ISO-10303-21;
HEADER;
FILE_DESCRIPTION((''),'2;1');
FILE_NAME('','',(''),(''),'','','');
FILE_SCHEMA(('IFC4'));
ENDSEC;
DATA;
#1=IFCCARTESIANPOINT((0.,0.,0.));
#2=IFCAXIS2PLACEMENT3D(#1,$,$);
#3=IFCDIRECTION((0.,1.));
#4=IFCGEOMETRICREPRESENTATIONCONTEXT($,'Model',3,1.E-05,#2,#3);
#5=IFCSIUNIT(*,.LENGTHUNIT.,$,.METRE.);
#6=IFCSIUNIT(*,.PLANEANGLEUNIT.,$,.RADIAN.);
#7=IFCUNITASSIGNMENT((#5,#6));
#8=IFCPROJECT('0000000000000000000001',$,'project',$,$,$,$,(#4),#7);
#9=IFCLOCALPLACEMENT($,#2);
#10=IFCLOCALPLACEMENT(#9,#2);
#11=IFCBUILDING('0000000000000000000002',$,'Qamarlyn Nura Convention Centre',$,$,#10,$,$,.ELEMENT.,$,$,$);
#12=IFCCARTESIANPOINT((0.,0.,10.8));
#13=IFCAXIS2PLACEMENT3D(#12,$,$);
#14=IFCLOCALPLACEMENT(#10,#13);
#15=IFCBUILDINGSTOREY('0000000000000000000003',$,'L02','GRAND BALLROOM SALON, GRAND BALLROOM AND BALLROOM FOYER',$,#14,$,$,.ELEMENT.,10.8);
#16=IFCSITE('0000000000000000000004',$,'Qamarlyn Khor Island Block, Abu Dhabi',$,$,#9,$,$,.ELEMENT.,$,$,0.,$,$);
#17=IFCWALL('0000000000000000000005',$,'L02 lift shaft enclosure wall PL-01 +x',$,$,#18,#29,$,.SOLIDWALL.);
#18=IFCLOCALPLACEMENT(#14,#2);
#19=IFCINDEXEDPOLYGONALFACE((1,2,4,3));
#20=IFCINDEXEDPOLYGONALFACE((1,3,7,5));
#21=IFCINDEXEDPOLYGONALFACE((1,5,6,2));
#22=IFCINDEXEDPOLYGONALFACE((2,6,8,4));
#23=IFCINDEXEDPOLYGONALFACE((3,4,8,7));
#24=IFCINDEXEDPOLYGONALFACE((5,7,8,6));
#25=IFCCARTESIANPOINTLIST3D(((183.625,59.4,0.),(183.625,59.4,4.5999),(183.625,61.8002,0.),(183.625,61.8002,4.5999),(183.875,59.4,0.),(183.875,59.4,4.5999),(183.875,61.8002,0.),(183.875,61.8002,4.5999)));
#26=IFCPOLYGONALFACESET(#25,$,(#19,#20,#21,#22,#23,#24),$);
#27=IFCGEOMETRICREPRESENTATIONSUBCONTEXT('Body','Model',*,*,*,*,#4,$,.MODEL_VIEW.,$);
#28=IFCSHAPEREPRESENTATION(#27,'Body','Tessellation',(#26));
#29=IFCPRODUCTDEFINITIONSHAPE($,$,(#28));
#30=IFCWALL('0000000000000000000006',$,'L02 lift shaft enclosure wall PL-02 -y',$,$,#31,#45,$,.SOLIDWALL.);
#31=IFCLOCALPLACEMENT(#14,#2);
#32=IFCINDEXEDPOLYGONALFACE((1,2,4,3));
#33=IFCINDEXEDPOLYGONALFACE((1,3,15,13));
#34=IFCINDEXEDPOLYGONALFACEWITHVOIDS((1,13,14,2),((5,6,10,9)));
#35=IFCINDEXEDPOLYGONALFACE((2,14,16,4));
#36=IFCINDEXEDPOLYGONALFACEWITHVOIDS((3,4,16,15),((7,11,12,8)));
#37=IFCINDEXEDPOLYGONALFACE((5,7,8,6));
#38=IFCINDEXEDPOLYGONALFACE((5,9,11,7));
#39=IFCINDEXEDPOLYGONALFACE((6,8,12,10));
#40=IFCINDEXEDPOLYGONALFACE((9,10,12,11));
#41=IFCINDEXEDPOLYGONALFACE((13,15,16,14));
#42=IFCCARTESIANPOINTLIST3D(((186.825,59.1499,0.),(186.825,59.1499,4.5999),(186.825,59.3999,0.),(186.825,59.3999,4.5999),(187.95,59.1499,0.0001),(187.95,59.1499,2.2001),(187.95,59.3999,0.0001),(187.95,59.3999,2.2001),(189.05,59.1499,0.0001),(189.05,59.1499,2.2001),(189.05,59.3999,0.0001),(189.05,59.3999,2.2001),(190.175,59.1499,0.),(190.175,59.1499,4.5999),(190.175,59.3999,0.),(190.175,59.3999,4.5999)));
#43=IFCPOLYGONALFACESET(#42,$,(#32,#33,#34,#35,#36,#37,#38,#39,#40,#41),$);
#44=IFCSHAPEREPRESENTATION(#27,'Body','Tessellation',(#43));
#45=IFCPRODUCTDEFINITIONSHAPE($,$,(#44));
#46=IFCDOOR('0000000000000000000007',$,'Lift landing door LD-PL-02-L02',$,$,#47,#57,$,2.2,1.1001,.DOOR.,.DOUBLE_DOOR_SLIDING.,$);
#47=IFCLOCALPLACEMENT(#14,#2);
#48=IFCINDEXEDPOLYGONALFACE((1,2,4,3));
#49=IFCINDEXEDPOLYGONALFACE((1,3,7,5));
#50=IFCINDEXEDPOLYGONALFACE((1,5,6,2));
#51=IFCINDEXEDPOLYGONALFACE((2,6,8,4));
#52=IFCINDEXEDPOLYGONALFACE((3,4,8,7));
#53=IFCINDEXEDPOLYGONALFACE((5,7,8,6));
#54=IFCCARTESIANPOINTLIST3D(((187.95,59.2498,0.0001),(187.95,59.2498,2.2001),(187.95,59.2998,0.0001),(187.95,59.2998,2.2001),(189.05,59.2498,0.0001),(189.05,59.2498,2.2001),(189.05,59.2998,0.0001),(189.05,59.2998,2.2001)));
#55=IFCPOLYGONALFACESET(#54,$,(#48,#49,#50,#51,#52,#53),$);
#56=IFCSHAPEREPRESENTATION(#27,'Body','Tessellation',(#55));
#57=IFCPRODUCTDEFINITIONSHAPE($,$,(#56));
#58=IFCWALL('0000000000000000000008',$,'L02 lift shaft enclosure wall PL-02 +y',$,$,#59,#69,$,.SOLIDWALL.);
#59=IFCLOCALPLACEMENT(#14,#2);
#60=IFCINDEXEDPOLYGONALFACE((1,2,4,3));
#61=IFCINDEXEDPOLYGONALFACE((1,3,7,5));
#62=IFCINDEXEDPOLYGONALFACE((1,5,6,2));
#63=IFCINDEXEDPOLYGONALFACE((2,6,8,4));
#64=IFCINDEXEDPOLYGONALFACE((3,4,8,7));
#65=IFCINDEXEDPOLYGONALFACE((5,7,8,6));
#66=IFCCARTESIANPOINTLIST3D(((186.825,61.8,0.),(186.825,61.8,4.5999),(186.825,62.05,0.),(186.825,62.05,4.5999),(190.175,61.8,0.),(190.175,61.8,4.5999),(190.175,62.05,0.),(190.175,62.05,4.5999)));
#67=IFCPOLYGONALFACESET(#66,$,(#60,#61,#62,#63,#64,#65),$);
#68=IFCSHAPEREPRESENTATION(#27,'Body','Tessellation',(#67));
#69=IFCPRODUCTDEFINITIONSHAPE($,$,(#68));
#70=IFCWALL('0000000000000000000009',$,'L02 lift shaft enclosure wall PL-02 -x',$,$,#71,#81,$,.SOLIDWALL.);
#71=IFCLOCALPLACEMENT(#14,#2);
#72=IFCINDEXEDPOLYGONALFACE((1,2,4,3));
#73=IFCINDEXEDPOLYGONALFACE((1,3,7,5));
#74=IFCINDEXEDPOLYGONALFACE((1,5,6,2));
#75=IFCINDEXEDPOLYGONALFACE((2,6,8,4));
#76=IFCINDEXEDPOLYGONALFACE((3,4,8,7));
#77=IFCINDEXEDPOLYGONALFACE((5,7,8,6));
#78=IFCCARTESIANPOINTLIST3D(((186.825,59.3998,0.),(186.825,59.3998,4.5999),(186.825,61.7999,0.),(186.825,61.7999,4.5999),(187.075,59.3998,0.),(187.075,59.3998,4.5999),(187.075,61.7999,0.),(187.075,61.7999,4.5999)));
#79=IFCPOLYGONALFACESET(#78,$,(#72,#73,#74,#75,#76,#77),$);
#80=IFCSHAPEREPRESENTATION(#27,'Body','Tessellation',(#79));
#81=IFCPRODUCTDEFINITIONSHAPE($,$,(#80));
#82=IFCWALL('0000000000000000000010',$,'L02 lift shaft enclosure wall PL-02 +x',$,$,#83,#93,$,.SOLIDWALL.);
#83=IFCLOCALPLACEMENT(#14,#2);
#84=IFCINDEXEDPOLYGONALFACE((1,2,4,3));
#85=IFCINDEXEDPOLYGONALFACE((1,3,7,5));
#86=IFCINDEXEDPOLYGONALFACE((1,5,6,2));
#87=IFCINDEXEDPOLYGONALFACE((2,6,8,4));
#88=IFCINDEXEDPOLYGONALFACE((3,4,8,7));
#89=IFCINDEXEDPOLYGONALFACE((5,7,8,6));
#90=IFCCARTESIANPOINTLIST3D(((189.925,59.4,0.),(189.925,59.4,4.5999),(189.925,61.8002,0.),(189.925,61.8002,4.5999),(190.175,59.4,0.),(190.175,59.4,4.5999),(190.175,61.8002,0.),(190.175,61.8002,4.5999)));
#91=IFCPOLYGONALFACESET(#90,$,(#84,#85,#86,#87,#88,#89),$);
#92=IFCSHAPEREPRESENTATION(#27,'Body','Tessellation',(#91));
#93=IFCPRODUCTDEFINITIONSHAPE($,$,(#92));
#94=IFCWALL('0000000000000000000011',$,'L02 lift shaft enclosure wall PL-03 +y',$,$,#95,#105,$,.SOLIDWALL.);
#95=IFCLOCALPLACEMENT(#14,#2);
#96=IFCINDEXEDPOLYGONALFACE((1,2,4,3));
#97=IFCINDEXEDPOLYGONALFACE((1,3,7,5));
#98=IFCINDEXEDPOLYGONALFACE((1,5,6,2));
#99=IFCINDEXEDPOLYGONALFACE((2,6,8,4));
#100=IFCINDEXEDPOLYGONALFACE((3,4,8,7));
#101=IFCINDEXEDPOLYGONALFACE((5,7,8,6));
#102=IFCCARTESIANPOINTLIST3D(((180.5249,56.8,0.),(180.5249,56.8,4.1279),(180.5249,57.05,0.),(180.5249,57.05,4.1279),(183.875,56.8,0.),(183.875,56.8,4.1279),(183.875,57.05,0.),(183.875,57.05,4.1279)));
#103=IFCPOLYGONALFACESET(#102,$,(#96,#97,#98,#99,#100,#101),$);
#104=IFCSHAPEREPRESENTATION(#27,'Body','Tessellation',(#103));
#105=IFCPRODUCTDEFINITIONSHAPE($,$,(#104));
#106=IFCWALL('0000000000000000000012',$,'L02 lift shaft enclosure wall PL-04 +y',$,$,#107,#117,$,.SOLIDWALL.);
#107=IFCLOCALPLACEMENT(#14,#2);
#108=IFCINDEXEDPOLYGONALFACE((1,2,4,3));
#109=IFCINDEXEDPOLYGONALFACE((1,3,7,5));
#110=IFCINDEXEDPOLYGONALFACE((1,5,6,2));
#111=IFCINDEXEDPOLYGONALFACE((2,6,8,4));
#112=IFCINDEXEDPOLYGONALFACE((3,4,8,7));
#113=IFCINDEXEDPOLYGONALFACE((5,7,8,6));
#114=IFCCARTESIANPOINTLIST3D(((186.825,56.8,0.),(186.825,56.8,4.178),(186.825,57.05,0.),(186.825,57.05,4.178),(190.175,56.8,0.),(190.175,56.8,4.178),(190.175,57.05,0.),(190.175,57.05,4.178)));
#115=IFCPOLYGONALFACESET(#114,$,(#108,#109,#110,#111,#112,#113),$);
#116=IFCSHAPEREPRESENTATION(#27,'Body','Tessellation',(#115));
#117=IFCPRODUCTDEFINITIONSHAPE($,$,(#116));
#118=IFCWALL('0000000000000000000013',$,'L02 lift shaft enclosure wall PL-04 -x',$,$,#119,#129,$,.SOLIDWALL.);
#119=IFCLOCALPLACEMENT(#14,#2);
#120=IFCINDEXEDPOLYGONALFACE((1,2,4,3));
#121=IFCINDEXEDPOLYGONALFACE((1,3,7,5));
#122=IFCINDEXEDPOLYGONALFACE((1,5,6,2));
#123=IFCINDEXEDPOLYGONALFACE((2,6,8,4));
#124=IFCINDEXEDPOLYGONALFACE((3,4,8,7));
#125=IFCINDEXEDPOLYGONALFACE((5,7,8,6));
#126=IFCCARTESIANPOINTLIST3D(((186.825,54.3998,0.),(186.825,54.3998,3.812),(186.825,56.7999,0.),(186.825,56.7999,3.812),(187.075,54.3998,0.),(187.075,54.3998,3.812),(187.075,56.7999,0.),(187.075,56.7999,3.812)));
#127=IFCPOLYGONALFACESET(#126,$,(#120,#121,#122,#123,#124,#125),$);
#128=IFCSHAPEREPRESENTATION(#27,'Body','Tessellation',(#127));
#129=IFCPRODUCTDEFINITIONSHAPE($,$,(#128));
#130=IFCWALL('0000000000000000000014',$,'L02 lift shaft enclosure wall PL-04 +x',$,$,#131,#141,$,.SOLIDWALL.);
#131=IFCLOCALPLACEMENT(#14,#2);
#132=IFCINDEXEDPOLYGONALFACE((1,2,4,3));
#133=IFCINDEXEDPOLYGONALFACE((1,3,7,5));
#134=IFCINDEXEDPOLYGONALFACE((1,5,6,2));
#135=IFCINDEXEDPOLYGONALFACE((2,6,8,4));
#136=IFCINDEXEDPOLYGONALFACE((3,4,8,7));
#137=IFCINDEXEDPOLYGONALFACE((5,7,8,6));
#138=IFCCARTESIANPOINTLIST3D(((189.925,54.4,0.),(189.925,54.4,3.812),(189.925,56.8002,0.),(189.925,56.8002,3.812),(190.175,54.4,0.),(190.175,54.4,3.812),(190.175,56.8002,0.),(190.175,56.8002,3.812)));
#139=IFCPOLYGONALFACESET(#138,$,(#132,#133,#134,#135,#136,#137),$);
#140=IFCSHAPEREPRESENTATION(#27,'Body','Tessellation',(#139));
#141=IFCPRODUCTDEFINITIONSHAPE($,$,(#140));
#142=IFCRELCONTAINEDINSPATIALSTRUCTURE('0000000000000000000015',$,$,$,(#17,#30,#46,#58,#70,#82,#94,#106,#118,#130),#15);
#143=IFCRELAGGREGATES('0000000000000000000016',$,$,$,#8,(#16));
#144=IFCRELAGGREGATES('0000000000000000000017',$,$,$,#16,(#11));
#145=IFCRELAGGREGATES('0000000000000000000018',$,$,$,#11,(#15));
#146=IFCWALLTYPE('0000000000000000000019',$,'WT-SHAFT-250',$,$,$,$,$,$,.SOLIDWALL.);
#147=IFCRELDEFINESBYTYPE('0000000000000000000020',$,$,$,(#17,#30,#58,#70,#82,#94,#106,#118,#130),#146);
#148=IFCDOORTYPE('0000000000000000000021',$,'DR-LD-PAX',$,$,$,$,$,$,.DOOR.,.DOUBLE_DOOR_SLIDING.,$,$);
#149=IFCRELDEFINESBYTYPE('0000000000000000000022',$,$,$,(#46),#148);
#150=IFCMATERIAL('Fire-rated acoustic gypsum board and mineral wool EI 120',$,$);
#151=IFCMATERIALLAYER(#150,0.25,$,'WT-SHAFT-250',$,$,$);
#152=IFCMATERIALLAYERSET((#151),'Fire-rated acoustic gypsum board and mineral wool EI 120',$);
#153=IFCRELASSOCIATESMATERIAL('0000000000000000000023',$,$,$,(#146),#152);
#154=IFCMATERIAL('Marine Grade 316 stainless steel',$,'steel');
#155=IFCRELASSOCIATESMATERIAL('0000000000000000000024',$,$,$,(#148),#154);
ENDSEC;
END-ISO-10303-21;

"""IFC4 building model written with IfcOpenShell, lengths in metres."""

from ifc_helpers import new_model, si_unit, direction, frame, frame_2d, origin, place, context, subcontext, project, spatial, rectangle, extrude, material, layer, layer_set, type_object, element, fill, save


model = new_model("IFC4")

# Units and contexts
model_context = context("Model", 3, precision=1e-05, world=origin(), true_north=direction((0.0, 1.0)))
body_context = subcontext(model_context, "Body", "Model", "MODEL_VIEW")
ifc_project = project(units=[si_unit("LENGTHUNIT", "METRE"), si_unit("PLANEANGLEUNIT", "RADIAN")], contexts=[model_context])

# Site, building, storey
site_placement = place(None, origin())
site = spatial("IfcSite", under=ifc_project, at=site_placement, Name="Qamarlyn Khor Island Block, Abu Dhabi", CompositionType="ELEMENT", RefElevation=0.0)
building_placement = place(site_placement, origin())
building = spatial("IfcBuilding", under=site, at=building_placement, Name="Qamarlyn Nura Convention Centre", CompositionType="ELEMENT")
storey_placement = place(building_placement, frame((0.0, 0.0, 10.8)))
storey = spatial("IfcBuildingStorey", under=building, at=storey_placement, Name="L02", Description="GRAND BALLROOM SALON, GRAND BALLROOM AND BALLROOM FOYER", CompositionType="ELEMENT", Elevation=10.8)

# Wall
ifc_material_1 = material(Name="Fire-rated acoustic gypsum board and mineral wool EI 120")
ifc_layer_1 = layer(ifc_material_1, 0.25, Name="WT-SHAFT-250")
ifc_layer_set_1 = layer_set([ifc_layer_1], Name="Fire-rated acoustic gypsum board and mineral wool EI 120")
wall_type_1 = type_object("IfcWallType", Name="WT-SHAFT-250", PredefinedType="SOLIDWALL", material=ifc_layer_set_1)
wall_1_placement = place(storey_placement, frame((183.75, 59.3999, 0.0), z_axis=(0.0, 0.0, 1.0), x_axis=(0.0, 1.0, 0.0)))
element("IfcWall", 1, at=wall_1_placement, inside=storey, type_object=wall_type_1, Name="L02 lift shaft enclosure wall PL-01 +x", PredefinedType="SOLIDWALL", context=body_context, shape_type="SweptSolid", body=[
    extrude(rectangle(XDim=2.4001, YDim=0.25, at=frame_2d((1.2002, 0.0))), origin(), (0.0, 0.0, 1.0), 4.5999),
])

# Wall, opening, door
wall_2_placement = place(storey_placement, frame((186.825, 59.2749, 0.0), z_axis=(0.0, 0.0, 1.0), x_axis=(1.0, 0.0, 0.0)))
wall_2 = element("IfcWall", 2, at=wall_2_placement, inside=storey, type_object=wall_type_1, Name="L02 lift shaft enclosure wall PL-02 -y", PredefinedType="SOLIDWALL", context=body_context, shape_type="SweptSolid", body=[
    extrude(rectangle(XDim=3.3501, YDim=0.25, at=frame_2d((1.675, 0.0))), origin(), (0.0, 0.0, 1.0), 4.5999),
])
opening_placement = place(wall_2_placement, frame((1.125, 0.0, 0.0)))
opening = element("IfcOpeningElement", 3, at=opening_placement, cuts=wall_2, PredefinedType="OPENING", context=body_context, shape_type="SweptSolid", body=[
    extrude(rectangle(XDim=1.1001, YDim=2.2, at=frame_2d((0.55, 1.1001))), frame((0.0, 0.135, 0.0), z_axis=(0.0, -1.0, 0.0), x_axis=(1.0, 0.0, 0.0)), (0.0, 0.0, 1.0), 0.27),
])
ifc_material_2 = material(Name="Marine Grade 316 stainless steel", Category="steel")
door_type = type_object("IfcDoorType", Name="DR-LD-PAX", OperationType="DOUBLE_DOOR_SLIDING", PredefinedType="DOOR", material=ifc_material_2)
door_placement = place(opening_placement, origin())
door = element("IfcDoor", 4, at=door_placement, inside=storey, type_object=door_type, Name="Lift landing door LD-PL-02-L02", OperationType="DOUBLE_DOOR_SLIDING", OverallHeight=2.2, OverallWidth=1.1001, PredefinedType="DOOR", context=body_context, shape_type="SweptSolid", body=[
    extrude(rectangle(XDim=1.1001, YDim=2.2, at=frame_2d((0.55, 1.1001))), frame((0.0, 0.0249, 0.0), z_axis=(0.0, -1.0, 0.0), x_axis=(1.0, 0.0, 0.0)), (0.0, 0.0, 1.0), 0.05),
])
fill(opening, door)

# Walls
wall_3_placement = place(storey_placement, frame((190.175, 61.925, 0.0), z_axis=(0.0, 0.0, 1.0), x_axis=(-1.0, 0.0, 0.0)))
element("IfcWall", 5, at=wall_3_placement, inside=storey, type_object=wall_type_1, Name="L02 lift shaft enclosure wall PL-02 +y", PredefinedType="SOLIDWALL", context=body_context, shape_type="SweptSolid", body=[
    extrude(rectangle(XDim=3.3501, YDim=0.25, at=frame_2d((1.675, 0.0))), origin(), (0.0, 0.0, 1.0), 4.5999),
])
for number, where, z_axis, x_axis, name in (
    (6, (186.95, 61.8, 0.0), (0.0, 0.0, 1.0), (0.0, -1.0, 0.0), "L02 lift shaft enclosure wall PL-02 -x"),
    (7, (190.05, 59.3999, 0.0), (0.0, 0.0, 1.0), (0.0, 1.0, 0.0), "L02 lift shaft enclosure wall PL-02 +x"),
):
    element("IfcWall", number, at=place(storey_placement, frame(where, z_axis=z_axis, x_axis=x_axis)), inside=storey, type_object=wall_type_1, Name=name, PredefinedType="SOLIDWALL", context=body_context, shape_type="SweptSolid", body=[
        extrude(rectangle(XDim=2.4001, YDim=0.25, at=frame_2d((1.2002, 0.0))), origin(), (0.0, 0.0, 1.0), 4.5999),
    ])
wall_4_placement = place(storey_placement, frame((183.875, 56.925, 0.0), z_axis=(0.0, 0.0, 1.0), x_axis=(-1.0, 0.0, 0.0)))
element("IfcWall", 8, at=wall_4_placement, inside=storey, type_object=wall_type_1, Name="L02 lift shaft enclosure wall PL-03 +y", PredefinedType="SOLIDWALL", context=body_context, shape_type="SweptSolid", body=[
    extrude(rectangle(XDim=3.3501, YDim=0.25, at=frame_2d((1.675, 0.0))), origin(), (0.0, 0.0, 1.0), 4.1279),
])
wall_5_placement = place(storey_placement, frame((190.175, 56.925, 0.0), z_axis=(0.0, 0.0, 1.0), x_axis=(-1.0, 0.0, 0.0)))
element("IfcWall", 9, at=wall_5_placement, inside=storey, type_object=wall_type_1, Name="L02 lift shaft enclosure wall PL-04 +y", PredefinedType="SOLIDWALL", context=body_context, shape_type="SweptSolid", body=[
    extrude(rectangle(XDim=3.3501, YDim=0.25, at=frame_2d((1.675, 0.0))), origin(), (0.0, 0.0, 1.0), 4.178),
])
for number, where, z_axis, x_axis, name in (
    (10, (186.95, 56.8, 0.0), (0.0, 0.0, 1.0), (0.0, -1.0, 0.0), "L02 lift shaft enclosure wall PL-04 -x"),
    (11, (190.05, 54.3999, 0.0), (0.0, 0.0, 1.0), (0.0, 1.0, 0.0), "L02 lift shaft enclosure wall PL-04 +x"),
):
    element("IfcWall", number, at=place(storey_placement, frame(where, z_axis=z_axis, x_axis=x_axis)), inside=storey, type_object=wall_type_1, Name=name, PredefinedType="SOLIDWALL", context=body_context, shape_type="SweptSolid", body=[
        extrude(rectangle(XDim=2.4001, YDim=0.25, at=frame_2d((1.2002, 0.0))), origin(), (0.0, 0.0, 1.0), 3.812),
    ])

save(model, "model.ifc")
